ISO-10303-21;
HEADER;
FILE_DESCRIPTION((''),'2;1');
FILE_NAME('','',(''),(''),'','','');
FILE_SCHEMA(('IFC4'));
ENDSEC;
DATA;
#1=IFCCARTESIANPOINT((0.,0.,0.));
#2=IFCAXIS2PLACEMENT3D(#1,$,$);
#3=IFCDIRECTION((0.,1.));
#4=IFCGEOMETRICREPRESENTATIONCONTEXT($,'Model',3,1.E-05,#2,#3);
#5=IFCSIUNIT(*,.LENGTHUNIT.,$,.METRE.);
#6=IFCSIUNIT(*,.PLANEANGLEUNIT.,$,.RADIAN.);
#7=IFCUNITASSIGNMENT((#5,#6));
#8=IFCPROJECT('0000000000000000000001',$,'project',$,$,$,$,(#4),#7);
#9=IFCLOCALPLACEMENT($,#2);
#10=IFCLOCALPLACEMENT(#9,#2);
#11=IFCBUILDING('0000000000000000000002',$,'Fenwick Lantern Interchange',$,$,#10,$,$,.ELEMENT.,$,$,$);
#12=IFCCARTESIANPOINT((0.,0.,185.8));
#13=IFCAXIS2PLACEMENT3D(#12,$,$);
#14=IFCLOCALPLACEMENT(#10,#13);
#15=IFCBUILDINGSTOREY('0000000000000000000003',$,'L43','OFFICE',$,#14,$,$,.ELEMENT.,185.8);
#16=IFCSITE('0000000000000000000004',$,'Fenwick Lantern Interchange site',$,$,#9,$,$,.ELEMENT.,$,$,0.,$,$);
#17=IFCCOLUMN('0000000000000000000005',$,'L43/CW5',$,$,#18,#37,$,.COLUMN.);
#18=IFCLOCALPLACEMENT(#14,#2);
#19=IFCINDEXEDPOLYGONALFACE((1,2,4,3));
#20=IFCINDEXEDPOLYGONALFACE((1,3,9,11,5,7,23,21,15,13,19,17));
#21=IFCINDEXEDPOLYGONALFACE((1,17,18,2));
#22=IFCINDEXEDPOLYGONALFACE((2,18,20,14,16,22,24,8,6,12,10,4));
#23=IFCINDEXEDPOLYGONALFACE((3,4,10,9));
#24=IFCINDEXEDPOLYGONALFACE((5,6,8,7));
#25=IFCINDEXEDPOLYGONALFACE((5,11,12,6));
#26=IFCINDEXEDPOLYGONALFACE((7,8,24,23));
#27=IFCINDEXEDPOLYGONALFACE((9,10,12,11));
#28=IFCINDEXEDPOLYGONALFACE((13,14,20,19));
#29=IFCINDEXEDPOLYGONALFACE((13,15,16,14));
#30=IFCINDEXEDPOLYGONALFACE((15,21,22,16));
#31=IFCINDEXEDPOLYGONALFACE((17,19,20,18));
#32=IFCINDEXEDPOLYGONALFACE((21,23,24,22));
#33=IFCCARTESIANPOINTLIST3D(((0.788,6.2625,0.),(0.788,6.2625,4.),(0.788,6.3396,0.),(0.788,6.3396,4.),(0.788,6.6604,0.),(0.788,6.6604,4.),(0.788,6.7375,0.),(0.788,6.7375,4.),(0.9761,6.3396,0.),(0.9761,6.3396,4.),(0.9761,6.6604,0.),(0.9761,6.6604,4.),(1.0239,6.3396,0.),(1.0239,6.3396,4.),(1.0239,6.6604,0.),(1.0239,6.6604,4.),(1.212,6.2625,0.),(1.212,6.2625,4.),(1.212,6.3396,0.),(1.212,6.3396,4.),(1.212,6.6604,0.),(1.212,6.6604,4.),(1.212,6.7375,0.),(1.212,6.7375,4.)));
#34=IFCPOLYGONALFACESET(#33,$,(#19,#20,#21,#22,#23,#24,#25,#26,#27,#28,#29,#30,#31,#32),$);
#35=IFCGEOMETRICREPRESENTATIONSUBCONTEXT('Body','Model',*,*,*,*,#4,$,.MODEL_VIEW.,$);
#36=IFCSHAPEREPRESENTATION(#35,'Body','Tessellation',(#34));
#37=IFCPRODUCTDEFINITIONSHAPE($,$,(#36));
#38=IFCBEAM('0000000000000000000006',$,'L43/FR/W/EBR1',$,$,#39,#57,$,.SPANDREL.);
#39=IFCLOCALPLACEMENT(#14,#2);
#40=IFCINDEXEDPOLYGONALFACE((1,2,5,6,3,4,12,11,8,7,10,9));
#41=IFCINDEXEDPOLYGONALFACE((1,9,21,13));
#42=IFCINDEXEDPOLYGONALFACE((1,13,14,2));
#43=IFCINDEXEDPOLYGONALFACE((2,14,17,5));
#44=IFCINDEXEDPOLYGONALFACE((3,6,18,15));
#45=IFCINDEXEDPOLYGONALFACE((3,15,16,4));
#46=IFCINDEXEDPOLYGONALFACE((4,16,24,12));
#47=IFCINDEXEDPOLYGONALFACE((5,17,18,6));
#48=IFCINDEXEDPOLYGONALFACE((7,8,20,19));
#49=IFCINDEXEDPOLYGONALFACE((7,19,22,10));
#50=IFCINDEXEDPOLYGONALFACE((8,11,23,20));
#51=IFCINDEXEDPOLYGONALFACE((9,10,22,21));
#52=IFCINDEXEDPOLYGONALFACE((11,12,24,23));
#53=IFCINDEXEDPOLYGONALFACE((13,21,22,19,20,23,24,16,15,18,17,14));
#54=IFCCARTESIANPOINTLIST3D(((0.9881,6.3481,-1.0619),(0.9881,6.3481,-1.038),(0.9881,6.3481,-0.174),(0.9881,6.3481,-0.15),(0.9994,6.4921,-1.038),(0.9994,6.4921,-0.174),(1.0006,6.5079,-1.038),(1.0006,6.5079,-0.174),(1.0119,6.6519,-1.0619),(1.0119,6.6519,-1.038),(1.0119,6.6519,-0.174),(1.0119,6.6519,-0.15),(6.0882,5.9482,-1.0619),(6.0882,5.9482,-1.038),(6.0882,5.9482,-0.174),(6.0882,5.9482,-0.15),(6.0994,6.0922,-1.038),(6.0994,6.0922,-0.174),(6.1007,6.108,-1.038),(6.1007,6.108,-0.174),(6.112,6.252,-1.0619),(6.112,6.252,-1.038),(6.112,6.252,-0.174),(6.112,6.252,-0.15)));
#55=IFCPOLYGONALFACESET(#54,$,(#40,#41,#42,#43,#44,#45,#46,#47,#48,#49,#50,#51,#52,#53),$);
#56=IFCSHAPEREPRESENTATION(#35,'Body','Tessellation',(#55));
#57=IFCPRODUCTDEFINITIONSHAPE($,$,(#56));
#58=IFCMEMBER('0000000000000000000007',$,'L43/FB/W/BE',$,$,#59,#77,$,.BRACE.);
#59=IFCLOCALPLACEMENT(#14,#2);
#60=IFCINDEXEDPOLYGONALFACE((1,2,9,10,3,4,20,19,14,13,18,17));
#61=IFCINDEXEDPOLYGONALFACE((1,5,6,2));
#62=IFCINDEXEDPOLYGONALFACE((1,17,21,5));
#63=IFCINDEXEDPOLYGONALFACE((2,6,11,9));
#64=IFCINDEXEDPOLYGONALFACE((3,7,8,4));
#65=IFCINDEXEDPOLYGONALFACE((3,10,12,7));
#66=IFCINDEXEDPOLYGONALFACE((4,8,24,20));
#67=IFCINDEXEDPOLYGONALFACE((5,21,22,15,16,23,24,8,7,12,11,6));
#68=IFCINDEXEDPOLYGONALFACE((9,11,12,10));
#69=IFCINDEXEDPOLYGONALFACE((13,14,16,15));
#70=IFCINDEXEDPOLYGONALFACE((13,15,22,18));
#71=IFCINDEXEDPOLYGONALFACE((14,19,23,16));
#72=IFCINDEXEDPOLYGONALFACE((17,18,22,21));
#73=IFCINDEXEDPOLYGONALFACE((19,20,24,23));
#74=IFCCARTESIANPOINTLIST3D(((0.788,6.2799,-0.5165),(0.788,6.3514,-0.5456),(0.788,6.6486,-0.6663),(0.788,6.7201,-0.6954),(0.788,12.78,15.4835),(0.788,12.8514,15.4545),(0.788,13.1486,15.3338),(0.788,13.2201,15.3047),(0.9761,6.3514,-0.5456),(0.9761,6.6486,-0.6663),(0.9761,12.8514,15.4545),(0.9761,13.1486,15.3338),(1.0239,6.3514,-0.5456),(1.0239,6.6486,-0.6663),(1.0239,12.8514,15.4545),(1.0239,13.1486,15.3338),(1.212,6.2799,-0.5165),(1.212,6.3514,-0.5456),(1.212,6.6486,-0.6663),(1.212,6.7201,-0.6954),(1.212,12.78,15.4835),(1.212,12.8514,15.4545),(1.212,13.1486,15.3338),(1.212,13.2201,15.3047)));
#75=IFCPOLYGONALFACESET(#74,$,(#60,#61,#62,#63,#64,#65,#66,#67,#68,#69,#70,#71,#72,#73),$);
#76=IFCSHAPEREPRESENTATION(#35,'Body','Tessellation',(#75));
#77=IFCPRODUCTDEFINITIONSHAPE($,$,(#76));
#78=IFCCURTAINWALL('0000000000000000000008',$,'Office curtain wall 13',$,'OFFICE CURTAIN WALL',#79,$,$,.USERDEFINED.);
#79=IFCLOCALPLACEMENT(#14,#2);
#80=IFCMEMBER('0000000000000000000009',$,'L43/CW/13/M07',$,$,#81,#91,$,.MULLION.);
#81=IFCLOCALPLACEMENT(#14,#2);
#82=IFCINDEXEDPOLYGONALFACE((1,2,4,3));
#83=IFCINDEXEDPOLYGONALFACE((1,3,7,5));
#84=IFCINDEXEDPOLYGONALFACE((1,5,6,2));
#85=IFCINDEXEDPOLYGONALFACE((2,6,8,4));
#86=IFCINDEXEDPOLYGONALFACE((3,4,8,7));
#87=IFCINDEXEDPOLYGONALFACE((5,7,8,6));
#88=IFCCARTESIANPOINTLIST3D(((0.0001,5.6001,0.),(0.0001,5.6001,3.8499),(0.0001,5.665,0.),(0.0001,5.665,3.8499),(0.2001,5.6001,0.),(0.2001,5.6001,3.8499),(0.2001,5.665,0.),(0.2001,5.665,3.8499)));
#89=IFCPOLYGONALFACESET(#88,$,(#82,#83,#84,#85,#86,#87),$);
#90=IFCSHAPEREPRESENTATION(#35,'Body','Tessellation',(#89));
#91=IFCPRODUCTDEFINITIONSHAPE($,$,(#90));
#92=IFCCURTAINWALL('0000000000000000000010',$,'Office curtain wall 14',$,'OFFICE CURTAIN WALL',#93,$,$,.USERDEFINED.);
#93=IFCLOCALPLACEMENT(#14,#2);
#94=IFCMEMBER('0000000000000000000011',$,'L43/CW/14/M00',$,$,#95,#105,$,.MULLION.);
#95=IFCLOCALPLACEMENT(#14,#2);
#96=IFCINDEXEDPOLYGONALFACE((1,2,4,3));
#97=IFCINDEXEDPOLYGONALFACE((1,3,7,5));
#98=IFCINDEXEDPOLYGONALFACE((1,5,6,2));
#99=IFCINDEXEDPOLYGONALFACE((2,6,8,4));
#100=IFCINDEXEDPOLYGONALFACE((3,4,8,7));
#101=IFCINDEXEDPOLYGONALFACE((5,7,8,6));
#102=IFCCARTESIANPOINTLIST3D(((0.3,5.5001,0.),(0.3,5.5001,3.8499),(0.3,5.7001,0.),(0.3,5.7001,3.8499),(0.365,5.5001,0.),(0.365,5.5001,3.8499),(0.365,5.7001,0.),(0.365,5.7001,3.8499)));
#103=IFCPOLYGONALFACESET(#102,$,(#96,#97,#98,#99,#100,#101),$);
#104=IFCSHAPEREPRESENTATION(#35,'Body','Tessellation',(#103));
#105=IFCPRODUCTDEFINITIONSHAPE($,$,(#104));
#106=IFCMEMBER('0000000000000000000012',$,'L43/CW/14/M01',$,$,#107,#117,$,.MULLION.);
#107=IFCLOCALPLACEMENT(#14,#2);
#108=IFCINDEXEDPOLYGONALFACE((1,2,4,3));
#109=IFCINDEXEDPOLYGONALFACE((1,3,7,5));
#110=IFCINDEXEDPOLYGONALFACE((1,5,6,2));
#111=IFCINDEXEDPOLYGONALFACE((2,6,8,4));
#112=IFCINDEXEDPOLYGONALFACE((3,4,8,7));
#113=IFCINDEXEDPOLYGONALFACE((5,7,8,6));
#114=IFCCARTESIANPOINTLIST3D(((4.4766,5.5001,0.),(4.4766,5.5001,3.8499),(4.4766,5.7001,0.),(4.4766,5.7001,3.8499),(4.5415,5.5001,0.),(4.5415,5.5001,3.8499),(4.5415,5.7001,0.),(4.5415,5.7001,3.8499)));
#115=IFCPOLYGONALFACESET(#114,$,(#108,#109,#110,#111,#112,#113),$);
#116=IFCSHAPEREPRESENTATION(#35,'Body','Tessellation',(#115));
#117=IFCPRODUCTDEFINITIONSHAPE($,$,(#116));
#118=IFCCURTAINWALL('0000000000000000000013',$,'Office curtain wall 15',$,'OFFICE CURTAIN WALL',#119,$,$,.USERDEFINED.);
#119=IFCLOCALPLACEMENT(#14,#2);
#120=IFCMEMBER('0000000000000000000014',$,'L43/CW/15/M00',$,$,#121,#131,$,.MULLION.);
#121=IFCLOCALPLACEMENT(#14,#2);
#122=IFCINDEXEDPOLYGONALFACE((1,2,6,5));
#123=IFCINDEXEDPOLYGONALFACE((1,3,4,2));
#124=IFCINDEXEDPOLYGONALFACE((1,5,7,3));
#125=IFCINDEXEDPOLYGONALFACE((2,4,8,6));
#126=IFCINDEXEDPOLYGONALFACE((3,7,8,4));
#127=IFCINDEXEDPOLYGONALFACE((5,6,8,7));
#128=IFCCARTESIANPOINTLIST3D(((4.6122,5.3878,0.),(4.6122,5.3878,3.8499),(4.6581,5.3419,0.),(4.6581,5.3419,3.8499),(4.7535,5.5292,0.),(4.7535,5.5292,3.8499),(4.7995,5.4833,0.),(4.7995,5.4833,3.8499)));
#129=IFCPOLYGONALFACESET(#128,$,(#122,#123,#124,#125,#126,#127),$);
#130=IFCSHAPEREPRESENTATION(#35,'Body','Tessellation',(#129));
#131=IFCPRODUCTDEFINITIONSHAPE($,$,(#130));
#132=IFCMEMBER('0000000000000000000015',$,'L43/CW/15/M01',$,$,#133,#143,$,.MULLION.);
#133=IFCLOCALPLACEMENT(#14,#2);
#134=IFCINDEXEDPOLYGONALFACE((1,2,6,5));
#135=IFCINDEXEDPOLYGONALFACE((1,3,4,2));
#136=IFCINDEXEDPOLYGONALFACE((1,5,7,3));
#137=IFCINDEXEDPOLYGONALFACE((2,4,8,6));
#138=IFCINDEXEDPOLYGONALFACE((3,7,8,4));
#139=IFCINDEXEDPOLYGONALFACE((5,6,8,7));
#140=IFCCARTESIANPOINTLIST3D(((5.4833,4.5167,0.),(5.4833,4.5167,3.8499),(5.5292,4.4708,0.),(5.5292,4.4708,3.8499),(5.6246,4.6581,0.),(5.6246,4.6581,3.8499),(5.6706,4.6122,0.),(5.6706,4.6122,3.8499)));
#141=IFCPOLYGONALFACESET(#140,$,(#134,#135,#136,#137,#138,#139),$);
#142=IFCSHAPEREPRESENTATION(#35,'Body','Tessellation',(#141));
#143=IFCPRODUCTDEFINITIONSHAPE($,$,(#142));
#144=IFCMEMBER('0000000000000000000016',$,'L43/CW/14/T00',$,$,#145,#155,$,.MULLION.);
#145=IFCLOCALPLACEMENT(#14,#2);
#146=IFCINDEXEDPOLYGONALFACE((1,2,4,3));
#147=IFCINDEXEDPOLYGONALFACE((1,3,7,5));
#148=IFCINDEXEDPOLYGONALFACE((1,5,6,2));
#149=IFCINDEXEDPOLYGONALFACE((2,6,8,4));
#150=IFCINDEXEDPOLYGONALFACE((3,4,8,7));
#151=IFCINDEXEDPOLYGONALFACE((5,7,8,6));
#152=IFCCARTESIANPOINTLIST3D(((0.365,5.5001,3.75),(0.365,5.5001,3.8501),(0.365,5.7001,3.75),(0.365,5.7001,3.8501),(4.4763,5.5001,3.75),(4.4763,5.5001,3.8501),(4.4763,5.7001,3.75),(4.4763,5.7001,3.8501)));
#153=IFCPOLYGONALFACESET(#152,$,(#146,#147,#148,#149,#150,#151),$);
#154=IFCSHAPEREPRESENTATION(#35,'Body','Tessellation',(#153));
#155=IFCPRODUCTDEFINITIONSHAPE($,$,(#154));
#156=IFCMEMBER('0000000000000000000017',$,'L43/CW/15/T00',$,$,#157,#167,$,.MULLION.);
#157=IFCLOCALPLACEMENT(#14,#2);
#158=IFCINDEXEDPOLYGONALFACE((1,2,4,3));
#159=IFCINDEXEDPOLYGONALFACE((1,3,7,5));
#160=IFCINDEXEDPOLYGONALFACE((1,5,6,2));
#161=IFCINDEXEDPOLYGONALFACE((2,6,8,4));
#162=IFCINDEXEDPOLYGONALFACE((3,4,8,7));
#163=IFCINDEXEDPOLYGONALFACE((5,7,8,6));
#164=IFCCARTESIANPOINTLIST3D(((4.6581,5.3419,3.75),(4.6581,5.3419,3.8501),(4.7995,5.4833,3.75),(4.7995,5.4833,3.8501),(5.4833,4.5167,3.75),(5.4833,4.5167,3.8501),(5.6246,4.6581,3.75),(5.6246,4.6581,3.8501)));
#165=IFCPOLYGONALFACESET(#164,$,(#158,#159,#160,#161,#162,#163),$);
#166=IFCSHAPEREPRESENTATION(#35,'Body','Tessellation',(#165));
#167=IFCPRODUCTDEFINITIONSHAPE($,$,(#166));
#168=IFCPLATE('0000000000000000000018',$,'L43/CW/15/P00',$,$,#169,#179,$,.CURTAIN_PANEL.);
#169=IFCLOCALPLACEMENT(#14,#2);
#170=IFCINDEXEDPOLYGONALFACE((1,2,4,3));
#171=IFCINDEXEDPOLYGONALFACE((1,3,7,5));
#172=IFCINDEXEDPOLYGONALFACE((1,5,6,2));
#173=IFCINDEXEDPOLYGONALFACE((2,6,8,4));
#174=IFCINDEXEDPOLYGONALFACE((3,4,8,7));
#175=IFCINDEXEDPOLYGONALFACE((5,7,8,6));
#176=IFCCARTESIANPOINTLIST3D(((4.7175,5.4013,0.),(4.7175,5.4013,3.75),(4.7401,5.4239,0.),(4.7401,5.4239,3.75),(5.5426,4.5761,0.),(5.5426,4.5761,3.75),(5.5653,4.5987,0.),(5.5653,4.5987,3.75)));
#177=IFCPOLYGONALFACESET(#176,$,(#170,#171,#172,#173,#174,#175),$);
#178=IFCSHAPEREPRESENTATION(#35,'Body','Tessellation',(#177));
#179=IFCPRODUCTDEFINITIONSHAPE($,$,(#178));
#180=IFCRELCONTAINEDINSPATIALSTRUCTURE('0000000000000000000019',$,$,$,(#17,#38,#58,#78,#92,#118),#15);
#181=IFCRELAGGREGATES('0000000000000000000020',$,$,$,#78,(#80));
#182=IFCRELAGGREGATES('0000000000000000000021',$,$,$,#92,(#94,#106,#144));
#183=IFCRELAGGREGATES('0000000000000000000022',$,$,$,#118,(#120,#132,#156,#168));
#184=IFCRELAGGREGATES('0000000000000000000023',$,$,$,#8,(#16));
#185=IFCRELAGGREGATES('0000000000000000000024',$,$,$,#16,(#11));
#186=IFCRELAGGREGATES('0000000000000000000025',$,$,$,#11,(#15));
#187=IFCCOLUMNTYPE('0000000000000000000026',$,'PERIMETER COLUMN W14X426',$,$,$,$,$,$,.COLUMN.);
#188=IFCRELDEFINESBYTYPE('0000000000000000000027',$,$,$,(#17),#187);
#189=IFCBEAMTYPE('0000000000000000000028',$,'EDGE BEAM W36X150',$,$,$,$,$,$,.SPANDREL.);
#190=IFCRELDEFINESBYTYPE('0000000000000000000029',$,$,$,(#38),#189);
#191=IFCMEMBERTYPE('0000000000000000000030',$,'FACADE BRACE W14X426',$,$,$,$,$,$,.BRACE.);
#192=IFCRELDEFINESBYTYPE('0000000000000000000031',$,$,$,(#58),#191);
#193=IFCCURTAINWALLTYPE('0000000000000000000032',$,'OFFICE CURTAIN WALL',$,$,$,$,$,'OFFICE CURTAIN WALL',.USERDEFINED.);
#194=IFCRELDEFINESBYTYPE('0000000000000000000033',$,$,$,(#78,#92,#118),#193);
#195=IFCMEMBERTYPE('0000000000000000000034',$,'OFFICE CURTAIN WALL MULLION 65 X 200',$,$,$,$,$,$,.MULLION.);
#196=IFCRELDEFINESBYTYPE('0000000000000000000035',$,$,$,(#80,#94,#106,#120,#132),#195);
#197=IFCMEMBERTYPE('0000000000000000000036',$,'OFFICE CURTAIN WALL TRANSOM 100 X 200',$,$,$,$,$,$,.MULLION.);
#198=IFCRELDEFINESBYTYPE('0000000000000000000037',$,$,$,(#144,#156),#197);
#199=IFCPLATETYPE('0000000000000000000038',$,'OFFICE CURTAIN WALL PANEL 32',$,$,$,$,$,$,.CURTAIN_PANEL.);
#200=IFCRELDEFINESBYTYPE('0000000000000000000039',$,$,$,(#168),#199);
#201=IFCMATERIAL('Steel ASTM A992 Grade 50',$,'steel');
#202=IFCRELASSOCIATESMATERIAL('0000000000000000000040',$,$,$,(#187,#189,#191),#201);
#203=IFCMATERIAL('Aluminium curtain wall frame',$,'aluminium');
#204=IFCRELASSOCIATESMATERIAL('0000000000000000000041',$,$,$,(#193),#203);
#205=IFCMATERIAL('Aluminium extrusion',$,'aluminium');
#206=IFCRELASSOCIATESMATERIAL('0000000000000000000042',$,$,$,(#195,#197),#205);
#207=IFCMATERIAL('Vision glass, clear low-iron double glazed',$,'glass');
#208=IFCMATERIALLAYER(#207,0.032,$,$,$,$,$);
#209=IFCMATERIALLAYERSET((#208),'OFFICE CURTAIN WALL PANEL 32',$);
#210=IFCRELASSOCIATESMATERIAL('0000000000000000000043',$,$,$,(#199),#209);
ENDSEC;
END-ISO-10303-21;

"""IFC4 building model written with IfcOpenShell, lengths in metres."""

from ifc_helpers import new_model, si_unit, direction, frame, origin, origin_2d, place, context, subcontext, project, spatial, rectangle, i_section, extrude, material, layer, layer_set, material_profile, profile_set, type_object, element, aggregate, save


model = new_model("IFC4")

# Units and contexts
model_context = context("Model", 3, precision=1e-05, world=origin(), true_north=direction((0.0, 1.0)))
body_context = subcontext(model_context, "Body", "Model", "MODEL_VIEW")
ifc_project = project(units=[si_unit("LENGTHUNIT", "METRE"), si_unit("PLANEANGLEUNIT", "RADIAN")], contexts=[model_context])

# Site, building, storey
site_placement = place(None, origin())
site = spatial("IfcSite", under=ifc_project, at=site_placement, Name="Fenwick Lantern Interchange site", CompositionType="ELEMENT", RefElevation=0.0)
building_placement = place(site_placement, origin())
building = spatial("IfcBuilding", under=site, at=building_placement, Name="Fenwick Lantern Interchange", CompositionType="ELEMENT")
storey_placement = place(building_placement, frame((0.0, 0.0, 185.8)))
storey = spatial("IfcBuildingStorey", under=building, at=storey_placement, Name="L43", Description="OFFICE", CompositionType="ELEMENT", Elevation=185.8)

# Column
ifc_material_1 = material(Name="Steel ASTM A992 Grade 50", Category="steel")
ifc_material_profile_1 = material_profile(ifc_material_1, i_section(OverallWidth=0.4241, OverallDepth=0.4751, WebThickness=0.0479, FlangeThickness=0.0771, at=origin_2d()), Name="W14X426")
ifc_profile_set_1 = profile_set([ifc_material_profile_1], Name="Steel ASTM A992 Grade 50")
column_type = type_object("IfcColumnType", Name="PERIMETER COLUMN W14X426", PredefinedType="COLUMN", material=ifc_profile_set_1)
column_placement = place(storey_placement, frame((1.0, 6.5, 0.0), z_axis=(0.0, 0.0, 1.0), x_axis=(1.0, 0.0, 0.0)))
element("IfcColumn", 1, at=column_placement, inside=storey, type_object=column_type, Name="L43/CW5", PredefinedType="COLUMN", context=body_context, shape_type="SweptSolid", body=[
    extrude(i_section(OverallWidth=0.4241, OverallDepth=0.4751, WebThickness=0.0479, FlangeThickness=0.0771, at=origin_2d()), origin(), (0.0, 0.0, 1.0), 4.0),
])

# Beam
ifc_material_profile_2 = material_profile(ifc_material_1, i_section(OverallWidth=0.3047, OverallDepth=0.9119, WebThickness=0.0159, FlangeThickness=0.0239, at=origin_2d()), Name="W36X150")
ifc_profile_set_2 = profile_set([ifc_material_profile_2], Name="Steel ASTM A992 Grade 50")
beam_type = type_object("IfcBeamType", Name="EDGE BEAM W36X150", PredefinedType="SPANDREL", material=ifc_profile_set_2)
beam_placement = place(storey_placement, frame((1.0, 6.5, -0.606), z_axis=(0.99694, -0.078171, 0.0), x_axis=(0.078171, 0.99694, 0.0)))
element("IfcBeam", 2, at=beam_placement, inside=storey, type_object=beam_type, Name="L43/FR/W/EBR1", PredefinedType="SPANDREL", context=body_context, shape_type="SweptSolid", body=[
    extrude(i_section(OverallWidth=0.3047, OverallDepth=0.9119, WebThickness=0.0159, FlangeThickness=0.0239, at=origin_2d()), origin(), (0.0, 0.0, 1.0), 5.1157),
])

# Member
ifc_material_profile_3 = material_profile(ifc_material_1, i_section(OverallWidth=0.4241, OverallDepth=0.4751, WebThickness=0.0479, FlangeThickness=0.0771, at=origin_2d()), Name="W14X426")
ifc_profile_set_3 = profile_set([ifc_material_profile_3], Name="Steel ASTM A992 Grade 50")
member_type_1 = type_object("IfcMemberType", Name="FACADE BRACE W14X426", PredefinedType="BRACE", material=ifc_profile_set_3)
member_1_placement = place(storey_placement, frame((1.0, 6.5, -0.606), z_axis=(0.0, 0.376377, 0.926467), x_axis=(-1.0, 0.0, 0.0)))
element("IfcMember", 3, at=member_1_placement, inside=storey, type_object=member_type_1, Name="L43/FB/W/BE", PredefinedType="BRACE", context=body_context, shape_type="SweptSolid", body=[
    extrude(i_section(OverallWidth=0.4241, OverallDepth=0.4751, WebThickness=0.0479, FlangeThickness=0.0771, at=origin_2d()), origin(), (0.0, 0.0, 1.0), 17.27),
])

# Curtain wall, member
ifc_material_2 = material(Name="Aluminium curtain wall frame", Category="aluminium")
curtain_wall_type = type_object("IfcCurtainWallType", Name="OFFICE CURTAIN WALL", ElementType="OFFICE CURTAIN WALL", PredefinedType="USERDEFINED", material=ifc_material_2)
curtain_wall_1_placement = place(storey_placement, origin())
curtain_wall_1 = element("IfcCurtainWall", 4, at=curtain_wall_1_placement, inside=storey, type_object=curtain_wall_type, Name="Office curtain wall 13", ObjectType="OFFICE CURTAIN WALL", PredefinedType="USERDEFINED")
ifc_material_3 = material(Name="Aluminium extrusion", Category="aluminium")
ifc_material_profile_4 = material_profile(ifc_material_3, rectangle(XDim=0.2, YDim=0.0649, at=origin_2d()), Name="OFFICE CURTAIN WALL MULLION 65 X 200")
ifc_profile_set_4 = profile_set([ifc_material_profile_4], Name="Aluminium extrusion")
member_type_2 = type_object("IfcMemberType", Name="OFFICE CURTAIN WALL MULLION 65 X 200", PredefinedType="MULLION", material=ifc_profile_set_4)
member_2_placement = place(storey_placement, frame((0.1001, 5.6326, 0.0), z_axis=(0.0, 0.0, 1.0), x_axis=(1.0, 0.0, 0.0)))
member_2 = element("IfcMember", 5, at=member_2_placement, type_object=member_type_2, Name="L43/CW/13/M07", PredefinedType="MULLION", context=body_context, shape_type="SweptSolid", body=[
    extrude(rectangle(XDim=0.2, YDim=0.0649, at=origin_2d()), origin(), (0.0, 0.0, 1.0), 3.8499),
])
aggregate(curtain_wall_1, [member_2])

# Curtain walls, members
curtain_wall_2_placement = place(storey_placement, origin())
curtain_wall_2 = element("IfcCurtainWall", 6, at=curtain_wall_2_placement, inside=storey, type_object=curtain_wall_type, Name="Office curtain wall 14", ObjectType="OFFICE CURTAIN WALL", PredefinedType="USERDEFINED")
member_3_placement = place(storey_placement, frame((0.3325, 5.6001, 0.0), z_axis=(0.0, 0.0, 1.0), x_axis=(0.0, 1.0, 0.0)))
member_3 = element("IfcMember", 7, at=member_3_placement, type_object=member_type_2, Name="L43/CW/14/M00", PredefinedType="MULLION", context=body_context, shape_type="SweptSolid", body=[
    extrude(rectangle(XDim=0.2, YDim=0.0649, at=origin_2d()), origin(), (0.0, 0.0, 1.0), 3.8499),
])
member_4_placement = place(storey_placement, frame((4.509, 5.6001, 0.0), z_axis=(0.0, 0.0, 1.0), x_axis=(0.0, 1.0, 0.0)))
member_4 = element("IfcMember", 8, at=member_4_placement, type_object=member_type_2, Name="L43/CW/14/M01", PredefinedType="MULLION", context=body_context, shape_type="SweptSolid", body=[
    extrude(rectangle(XDim=0.2, YDim=0.0649, at=origin_2d()), origin(), (0.0, 0.0, 1.0), 3.8499),
])
curtain_wall_3_placement = place(storey_placement, origin())
curtain_wall_3 = element("IfcCurtainWall", 9, at=curtain_wall_3_placement, inside=storey, type_object=curtain_wall_type, Name="Office curtain wall 15", ObjectType="OFFICE CURTAIN WALL", PredefinedType="USERDEFINED")
member_5_placement = place(storey_placement, frame((4.7058, 5.4355, 0.0), z_axis=(0.0, 0.0, 1.0), x_axis=(0.707107, 0.707107, 0.0)))
member_5 = element("IfcMember", 10, at=member_5_placement, type_object=member_type_2, Name="L43/CW/15/M00", PredefinedType="MULLION", context=body_context, shape_type="SweptSolid", body=[
    extrude(rectangle(XDim=0.2, YDim=0.0649, at=origin_2d()), origin(), (0.0, 0.0, 1.0), 3.8499),
])
member_6_placement = place(storey_placement, frame((5.5769, 4.5645, 0.0), z_axis=(0.0, 0.0, 1.0), x_axis=(0.707107, 0.707107, 0.0)))
member_6 = element("IfcMember", 11, at=member_6_placement, type_object=member_type_2, Name="L43/CW/15/M01", PredefinedType="MULLION", context=body_context, shape_type="SweptSolid", body=[
    extrude(rectangle(XDim=0.2, YDim=0.0649, at=origin_2d()), origin(), (0.0, 0.0, 1.0), 3.8499),
])

# Members
ifc_material_profile_5 = material_profile(ifc_material_3, rectangle(XDim=0.2, YDim=0.1001, at=origin_2d()), Name="OFFICE CURTAIN WALL TRANSOM 100 X 200")
ifc_profile_set_5 = profile_set([ifc_material_profile_5], Name="Aluminium extrusion")
member_type_3 = type_object("IfcMemberType", Name="OFFICE CURTAIN WALL TRANSOM 100 X 200", PredefinedType="MULLION", material=ifc_profile_set_5)
member_7_placement = place(storey_placement, frame((0.365, 5.6001, 3.8), z_axis=(1.0, 0.0, 0.0), x_axis=(0.0, 1.0, 0.0)))
member_7 = element("IfcMember", 12, at=member_7_placement, type_object=member_type_3, Name="L43/CW/14/T00", PredefinedType="MULLION", context=body_context, shape_type="SweptSolid", body=[
    extrude(rectangle(XDim=0.2, YDim=0.1001, at=origin_2d()), origin(), (0.0, 0.0, 1.0), 4.1113),
])
member_8_placement = place(storey_placement, frame((4.7288, 5.4126, 3.8), z_axis=(0.707107, -0.707107, 0.0), x_axis=(0.707107, 0.707107, 0.0)))
member_8 = element("IfcMember", 13, at=member_8_placement, type_object=member_type_3, Name="L43/CW/15/T00", PredefinedType="MULLION", context=body_context, shape_type="SweptSolid", body=[
    extrude(rectangle(XDim=0.2, YDim=0.1001, at=origin_2d()), origin(), (0.0, 0.0, 1.0), 1.167),
])

# Shared definitions
ifc_material_4 = material(Name="Vision glass, clear low-iron double glazed", Category="glass")
ifc_layer_1 = layer(ifc_material_4, 0.032)
ifc_layer_set_1 = layer_set([ifc_layer_1], Name="OFFICE CURTAIN WALL PANEL 32")
plate_type = type_object("IfcPlateType", Name="OFFICE CURTAIN WALL PANEL 32", PredefinedType="CURTAIN_PANEL", material=ifc_layer_set_1)

# Plate
aggregate(curtain_wall_2, [member_3, member_4, member_7])
plate_1_placement = place(storey_placement, frame((5.1414, 5.0, 0.0), z_axis=(0.0, 0.0, 1.0), x_axis=(0.707107, -0.707107, 0.0)))
plate_1 = element("IfcPlate", 14, at=plate_1_placement, type_object=plate_type, Name="L43/CW/15/P00", PredefinedType="CURTAIN_PANEL", context=body_context, shape_type="SweptSolid", body=[
    extrude(rectangle(XDim=1.167, YDim=0.032, at=origin_2d()), origin(), (0.0, 0.0, 1.0), 3.75),
])
aggregate(curtain_wall_3, [member_5, member_6, member_8, plate_1])

save(model, "model.ifc")
